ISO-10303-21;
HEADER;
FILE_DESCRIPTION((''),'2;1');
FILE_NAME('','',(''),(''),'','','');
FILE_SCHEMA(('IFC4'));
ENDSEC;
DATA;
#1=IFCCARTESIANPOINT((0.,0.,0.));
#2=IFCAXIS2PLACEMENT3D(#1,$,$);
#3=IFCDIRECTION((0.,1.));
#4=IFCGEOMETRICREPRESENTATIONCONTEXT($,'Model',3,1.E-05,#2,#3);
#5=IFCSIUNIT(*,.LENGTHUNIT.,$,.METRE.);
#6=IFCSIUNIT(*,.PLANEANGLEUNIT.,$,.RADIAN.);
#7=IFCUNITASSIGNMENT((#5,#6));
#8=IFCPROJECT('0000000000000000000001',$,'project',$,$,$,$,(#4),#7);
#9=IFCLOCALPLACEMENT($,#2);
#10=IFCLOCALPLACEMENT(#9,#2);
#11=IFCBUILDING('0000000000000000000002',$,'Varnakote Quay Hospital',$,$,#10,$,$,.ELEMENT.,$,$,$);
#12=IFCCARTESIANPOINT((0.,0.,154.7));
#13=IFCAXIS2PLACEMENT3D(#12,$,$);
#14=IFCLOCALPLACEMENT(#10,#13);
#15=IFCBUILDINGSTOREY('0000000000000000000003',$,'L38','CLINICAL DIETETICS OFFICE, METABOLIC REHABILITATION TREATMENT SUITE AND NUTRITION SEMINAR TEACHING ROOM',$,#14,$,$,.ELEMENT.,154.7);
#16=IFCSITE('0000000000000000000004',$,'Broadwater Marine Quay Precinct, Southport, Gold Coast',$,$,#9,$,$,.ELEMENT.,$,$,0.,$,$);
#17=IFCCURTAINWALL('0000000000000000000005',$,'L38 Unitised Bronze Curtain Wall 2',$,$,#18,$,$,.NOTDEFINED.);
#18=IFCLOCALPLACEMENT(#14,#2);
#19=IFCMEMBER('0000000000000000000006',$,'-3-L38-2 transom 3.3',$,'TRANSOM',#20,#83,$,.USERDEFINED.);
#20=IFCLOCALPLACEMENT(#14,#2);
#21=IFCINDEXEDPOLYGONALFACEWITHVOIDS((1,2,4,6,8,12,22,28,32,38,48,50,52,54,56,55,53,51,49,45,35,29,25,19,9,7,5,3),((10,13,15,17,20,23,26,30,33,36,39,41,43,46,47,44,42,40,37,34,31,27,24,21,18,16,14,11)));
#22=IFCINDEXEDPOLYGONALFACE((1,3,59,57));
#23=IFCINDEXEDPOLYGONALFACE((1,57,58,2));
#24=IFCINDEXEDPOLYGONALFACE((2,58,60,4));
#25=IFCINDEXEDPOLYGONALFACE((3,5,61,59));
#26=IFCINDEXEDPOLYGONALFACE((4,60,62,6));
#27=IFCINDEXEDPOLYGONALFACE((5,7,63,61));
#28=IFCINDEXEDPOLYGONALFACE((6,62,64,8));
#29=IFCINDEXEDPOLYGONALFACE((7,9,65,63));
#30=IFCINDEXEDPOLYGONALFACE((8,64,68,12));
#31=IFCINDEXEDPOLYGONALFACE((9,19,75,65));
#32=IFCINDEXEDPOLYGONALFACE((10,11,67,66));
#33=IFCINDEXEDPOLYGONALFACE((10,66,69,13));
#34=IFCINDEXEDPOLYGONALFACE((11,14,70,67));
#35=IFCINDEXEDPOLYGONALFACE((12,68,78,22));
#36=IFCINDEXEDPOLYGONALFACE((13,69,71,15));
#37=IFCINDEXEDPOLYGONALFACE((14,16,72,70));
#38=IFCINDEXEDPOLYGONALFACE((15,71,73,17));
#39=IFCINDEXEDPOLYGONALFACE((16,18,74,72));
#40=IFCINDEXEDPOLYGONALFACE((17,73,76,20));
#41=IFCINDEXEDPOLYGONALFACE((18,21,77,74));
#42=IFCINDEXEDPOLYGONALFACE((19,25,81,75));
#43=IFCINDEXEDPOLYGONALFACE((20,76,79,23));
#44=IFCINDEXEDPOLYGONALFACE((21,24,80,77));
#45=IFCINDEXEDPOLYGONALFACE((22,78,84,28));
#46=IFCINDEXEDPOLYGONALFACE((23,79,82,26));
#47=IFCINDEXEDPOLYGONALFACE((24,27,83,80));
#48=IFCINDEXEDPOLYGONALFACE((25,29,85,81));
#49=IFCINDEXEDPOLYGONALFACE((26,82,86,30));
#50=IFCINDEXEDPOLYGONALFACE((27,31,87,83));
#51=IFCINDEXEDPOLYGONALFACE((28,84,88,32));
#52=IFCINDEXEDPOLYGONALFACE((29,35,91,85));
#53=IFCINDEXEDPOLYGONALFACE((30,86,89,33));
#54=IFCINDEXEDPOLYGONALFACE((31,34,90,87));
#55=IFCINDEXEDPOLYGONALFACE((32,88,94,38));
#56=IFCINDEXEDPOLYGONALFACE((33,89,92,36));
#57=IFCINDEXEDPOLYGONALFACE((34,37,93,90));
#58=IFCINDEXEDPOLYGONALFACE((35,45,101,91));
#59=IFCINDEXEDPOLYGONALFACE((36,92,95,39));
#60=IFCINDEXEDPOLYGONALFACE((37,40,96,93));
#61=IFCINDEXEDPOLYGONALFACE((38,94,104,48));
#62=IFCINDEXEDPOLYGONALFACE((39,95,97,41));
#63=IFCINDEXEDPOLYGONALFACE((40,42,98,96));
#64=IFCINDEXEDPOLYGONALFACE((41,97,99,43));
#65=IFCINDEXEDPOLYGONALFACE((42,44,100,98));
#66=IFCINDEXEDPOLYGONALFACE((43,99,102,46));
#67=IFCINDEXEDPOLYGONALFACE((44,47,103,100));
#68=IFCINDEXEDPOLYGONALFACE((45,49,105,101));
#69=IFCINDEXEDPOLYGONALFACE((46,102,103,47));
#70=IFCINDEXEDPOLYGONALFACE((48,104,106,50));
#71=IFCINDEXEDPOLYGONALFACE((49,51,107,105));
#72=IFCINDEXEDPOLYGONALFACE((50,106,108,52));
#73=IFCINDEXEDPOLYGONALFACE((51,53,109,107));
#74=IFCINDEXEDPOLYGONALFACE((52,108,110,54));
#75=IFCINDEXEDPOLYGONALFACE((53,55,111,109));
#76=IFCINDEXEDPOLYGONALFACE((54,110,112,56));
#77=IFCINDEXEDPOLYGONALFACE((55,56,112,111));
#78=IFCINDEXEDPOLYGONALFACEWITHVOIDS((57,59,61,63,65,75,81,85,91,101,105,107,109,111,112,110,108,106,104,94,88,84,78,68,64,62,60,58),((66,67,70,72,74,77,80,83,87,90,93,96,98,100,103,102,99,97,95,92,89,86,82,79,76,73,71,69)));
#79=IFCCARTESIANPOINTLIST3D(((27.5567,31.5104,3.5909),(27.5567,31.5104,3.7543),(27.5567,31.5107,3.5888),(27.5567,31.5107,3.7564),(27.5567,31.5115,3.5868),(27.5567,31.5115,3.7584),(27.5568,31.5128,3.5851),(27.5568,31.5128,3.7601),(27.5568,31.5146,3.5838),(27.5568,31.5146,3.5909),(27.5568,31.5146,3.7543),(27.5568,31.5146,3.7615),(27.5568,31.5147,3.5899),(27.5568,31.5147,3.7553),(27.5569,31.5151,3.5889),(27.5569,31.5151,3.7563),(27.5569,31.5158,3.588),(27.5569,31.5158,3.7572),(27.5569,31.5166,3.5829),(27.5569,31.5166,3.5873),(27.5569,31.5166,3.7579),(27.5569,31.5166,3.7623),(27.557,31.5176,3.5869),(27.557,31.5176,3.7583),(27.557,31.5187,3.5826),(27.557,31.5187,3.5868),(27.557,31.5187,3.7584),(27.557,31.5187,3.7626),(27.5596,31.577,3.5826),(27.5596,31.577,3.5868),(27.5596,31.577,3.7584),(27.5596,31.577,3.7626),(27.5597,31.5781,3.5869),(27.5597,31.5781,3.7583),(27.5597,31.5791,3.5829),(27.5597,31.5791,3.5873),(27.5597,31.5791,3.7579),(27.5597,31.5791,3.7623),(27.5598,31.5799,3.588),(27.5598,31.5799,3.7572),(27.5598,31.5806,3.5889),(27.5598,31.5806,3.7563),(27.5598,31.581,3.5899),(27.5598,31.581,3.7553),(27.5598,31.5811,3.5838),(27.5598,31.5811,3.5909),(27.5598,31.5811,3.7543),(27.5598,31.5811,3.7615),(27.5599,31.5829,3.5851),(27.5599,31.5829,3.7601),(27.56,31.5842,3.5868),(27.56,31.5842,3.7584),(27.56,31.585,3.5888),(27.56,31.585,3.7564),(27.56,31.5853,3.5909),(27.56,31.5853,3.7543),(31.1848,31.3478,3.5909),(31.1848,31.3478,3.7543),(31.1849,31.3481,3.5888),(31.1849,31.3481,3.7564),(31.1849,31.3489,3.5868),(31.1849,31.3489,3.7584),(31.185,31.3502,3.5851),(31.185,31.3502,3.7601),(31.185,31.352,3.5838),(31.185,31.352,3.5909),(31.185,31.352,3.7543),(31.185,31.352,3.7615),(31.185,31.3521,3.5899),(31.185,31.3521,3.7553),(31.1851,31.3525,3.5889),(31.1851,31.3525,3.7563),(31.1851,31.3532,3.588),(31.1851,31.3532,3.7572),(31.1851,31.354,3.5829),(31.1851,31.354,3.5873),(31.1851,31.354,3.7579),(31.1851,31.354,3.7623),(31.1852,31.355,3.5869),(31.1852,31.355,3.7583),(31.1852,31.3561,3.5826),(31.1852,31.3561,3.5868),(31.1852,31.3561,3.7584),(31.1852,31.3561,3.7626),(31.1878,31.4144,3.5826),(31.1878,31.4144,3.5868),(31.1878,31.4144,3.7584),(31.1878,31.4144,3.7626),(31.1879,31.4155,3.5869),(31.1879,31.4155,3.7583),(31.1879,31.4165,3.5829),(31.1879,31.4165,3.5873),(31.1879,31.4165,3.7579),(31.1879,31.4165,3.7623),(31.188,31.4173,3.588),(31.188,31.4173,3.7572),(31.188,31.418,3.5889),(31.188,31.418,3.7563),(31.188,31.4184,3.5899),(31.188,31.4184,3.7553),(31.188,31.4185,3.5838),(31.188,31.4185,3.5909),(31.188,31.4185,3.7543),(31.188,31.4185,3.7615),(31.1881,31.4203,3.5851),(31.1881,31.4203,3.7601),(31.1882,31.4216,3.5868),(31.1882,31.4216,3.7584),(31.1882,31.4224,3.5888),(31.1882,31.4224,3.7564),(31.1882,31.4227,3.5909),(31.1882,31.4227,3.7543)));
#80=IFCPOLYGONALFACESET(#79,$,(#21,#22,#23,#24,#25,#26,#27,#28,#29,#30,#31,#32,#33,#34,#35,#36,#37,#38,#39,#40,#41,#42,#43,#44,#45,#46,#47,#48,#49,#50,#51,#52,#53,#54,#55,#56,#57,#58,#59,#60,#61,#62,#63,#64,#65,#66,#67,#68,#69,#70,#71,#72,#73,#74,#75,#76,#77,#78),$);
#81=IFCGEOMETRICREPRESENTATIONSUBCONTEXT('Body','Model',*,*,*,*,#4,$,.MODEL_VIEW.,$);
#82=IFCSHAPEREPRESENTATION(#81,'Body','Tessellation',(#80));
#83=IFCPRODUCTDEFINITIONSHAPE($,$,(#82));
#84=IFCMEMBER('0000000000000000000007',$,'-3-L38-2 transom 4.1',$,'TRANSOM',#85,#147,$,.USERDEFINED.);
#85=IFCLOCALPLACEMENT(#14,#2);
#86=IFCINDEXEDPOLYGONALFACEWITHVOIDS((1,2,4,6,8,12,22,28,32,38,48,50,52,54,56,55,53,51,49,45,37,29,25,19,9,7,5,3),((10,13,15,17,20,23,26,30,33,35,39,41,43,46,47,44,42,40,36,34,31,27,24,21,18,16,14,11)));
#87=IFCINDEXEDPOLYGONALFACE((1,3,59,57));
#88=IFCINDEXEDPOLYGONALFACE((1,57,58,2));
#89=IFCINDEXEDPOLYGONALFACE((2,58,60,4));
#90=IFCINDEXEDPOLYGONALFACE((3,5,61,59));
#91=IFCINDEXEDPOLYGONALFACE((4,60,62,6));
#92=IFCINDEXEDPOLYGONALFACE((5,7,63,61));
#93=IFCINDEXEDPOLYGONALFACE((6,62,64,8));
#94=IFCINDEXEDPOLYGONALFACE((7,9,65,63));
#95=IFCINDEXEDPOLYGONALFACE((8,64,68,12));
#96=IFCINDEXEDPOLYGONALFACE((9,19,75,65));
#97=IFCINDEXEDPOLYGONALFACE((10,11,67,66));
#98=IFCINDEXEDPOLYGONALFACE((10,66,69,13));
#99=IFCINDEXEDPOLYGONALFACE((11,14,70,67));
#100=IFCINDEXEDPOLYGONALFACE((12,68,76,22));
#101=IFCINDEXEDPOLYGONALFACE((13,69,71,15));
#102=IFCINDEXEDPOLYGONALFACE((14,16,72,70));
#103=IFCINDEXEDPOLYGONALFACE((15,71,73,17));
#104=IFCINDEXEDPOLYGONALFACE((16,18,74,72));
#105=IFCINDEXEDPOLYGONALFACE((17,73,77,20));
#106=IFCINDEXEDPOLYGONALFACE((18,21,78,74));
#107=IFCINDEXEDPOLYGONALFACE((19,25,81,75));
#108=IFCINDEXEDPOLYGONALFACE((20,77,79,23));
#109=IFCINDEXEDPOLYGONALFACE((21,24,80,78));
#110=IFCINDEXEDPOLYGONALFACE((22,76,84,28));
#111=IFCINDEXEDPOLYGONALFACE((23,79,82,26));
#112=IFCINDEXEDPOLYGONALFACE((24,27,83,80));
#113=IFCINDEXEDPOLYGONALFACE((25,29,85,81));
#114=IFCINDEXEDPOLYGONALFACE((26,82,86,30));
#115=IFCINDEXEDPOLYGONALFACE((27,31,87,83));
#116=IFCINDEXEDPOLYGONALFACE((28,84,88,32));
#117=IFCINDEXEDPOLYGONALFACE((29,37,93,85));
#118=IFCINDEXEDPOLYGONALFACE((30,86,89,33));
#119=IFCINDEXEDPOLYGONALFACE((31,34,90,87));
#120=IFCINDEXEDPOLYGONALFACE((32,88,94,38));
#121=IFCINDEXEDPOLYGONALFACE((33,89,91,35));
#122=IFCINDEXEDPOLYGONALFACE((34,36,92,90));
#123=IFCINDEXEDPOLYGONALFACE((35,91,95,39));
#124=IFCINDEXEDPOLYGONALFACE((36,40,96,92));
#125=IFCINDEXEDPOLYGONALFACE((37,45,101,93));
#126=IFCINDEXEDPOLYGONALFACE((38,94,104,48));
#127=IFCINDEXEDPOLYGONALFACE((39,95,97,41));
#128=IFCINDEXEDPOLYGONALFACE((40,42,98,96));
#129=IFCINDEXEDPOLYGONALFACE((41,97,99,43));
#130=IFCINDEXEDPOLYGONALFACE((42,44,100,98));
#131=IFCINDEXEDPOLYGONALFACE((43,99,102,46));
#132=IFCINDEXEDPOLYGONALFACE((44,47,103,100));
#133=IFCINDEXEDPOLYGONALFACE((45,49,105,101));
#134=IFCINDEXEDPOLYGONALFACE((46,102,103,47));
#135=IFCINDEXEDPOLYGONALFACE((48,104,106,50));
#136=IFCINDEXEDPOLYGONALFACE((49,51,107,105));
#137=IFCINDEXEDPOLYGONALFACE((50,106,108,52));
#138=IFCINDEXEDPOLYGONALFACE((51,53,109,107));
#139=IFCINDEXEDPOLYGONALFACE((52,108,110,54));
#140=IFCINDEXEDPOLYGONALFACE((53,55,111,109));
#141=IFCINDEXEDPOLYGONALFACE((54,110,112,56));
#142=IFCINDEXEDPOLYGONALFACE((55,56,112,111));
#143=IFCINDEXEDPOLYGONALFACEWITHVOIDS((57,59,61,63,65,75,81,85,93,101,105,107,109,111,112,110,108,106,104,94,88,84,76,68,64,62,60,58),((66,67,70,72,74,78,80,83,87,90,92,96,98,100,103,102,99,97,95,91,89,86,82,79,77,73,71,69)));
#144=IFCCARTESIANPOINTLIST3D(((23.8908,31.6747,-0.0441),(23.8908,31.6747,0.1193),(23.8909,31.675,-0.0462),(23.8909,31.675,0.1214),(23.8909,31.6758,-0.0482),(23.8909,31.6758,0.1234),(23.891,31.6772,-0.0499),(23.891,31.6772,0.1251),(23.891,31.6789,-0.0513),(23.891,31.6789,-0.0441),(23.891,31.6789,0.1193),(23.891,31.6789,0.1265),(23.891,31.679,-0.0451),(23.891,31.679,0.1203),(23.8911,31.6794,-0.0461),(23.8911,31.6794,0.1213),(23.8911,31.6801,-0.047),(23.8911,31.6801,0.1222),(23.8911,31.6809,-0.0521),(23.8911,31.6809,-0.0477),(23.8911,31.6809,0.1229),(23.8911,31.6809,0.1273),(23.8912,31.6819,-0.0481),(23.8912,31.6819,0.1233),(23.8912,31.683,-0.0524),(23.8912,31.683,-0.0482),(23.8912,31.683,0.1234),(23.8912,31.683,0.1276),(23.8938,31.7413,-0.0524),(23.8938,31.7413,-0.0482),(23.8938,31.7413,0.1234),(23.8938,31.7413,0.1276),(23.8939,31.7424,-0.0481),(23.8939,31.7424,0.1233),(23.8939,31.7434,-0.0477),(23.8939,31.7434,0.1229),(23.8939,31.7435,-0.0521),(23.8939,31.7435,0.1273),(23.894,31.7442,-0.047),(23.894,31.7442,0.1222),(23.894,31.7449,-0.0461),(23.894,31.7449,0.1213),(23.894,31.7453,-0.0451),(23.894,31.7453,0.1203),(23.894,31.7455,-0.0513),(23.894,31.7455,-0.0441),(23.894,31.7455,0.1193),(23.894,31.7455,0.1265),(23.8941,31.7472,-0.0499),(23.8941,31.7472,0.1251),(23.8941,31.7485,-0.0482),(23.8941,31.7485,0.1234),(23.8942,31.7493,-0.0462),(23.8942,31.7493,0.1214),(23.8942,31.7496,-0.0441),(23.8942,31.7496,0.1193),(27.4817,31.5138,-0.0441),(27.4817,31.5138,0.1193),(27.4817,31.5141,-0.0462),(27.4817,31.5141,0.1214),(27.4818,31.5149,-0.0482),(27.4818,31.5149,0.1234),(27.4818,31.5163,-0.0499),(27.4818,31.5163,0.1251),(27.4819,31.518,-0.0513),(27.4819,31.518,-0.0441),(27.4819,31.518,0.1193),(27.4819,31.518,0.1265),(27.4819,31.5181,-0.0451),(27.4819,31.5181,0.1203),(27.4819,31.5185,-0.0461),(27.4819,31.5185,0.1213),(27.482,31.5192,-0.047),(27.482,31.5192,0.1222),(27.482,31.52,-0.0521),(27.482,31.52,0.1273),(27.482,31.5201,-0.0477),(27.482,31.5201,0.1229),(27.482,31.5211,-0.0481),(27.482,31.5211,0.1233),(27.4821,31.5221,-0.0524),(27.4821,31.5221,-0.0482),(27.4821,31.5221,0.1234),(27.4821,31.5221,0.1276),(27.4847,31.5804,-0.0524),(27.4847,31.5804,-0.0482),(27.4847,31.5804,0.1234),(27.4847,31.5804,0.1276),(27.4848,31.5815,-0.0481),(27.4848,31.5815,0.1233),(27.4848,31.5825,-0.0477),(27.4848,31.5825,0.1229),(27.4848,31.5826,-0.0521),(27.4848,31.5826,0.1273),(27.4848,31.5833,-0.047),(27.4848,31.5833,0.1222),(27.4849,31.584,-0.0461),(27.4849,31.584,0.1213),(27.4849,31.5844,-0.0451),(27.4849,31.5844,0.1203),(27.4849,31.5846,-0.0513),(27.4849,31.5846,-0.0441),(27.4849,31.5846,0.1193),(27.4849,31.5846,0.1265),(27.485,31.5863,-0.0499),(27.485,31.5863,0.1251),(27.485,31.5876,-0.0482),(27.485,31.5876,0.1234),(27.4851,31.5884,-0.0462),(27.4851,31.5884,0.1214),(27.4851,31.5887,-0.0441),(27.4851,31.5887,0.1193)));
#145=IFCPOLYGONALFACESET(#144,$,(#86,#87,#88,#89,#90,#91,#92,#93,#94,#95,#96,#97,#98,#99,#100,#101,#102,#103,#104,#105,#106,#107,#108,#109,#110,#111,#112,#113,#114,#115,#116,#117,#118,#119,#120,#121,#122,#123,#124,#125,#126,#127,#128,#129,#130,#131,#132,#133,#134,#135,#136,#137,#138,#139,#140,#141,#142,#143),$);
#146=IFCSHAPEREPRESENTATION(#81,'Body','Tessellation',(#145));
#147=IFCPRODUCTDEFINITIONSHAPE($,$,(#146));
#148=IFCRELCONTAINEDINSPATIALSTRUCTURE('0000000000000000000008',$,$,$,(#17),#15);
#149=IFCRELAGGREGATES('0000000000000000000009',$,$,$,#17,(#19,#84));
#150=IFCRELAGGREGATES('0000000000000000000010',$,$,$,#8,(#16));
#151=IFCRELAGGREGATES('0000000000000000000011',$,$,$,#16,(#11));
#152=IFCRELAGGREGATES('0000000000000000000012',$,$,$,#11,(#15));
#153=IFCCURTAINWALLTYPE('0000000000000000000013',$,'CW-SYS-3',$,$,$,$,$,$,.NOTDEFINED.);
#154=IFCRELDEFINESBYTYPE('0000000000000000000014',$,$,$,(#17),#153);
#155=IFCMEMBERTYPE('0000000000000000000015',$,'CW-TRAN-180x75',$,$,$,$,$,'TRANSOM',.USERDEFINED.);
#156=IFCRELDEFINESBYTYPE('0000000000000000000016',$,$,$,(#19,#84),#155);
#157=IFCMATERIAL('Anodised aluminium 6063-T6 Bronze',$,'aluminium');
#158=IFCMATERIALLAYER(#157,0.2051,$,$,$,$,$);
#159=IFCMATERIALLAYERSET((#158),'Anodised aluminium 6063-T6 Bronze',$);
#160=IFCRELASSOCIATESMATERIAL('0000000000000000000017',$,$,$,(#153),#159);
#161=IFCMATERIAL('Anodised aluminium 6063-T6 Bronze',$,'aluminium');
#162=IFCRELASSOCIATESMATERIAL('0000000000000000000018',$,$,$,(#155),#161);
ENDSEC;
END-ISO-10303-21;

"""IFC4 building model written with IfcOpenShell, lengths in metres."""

from ifc_helpers import new_model, si_unit, direction, frame, origin, origin_2d, place, context, subcontext, project, spatial, hollow_rectangle, extrude, material, layer, layer_set, material_profile, profile_set, type_object, element, aggregate, save


model = new_model("IFC4")

# Units and contexts
model_context = context("Model", 3, precision=1e-05, world=origin(), true_north=direction((0.0, 1.0)))
body_context = subcontext(model_context, "Body", "Model", "MODEL_VIEW")
ifc_project = project(units=[si_unit("LENGTHUNIT", "METRE"), si_unit("PLANEANGLEUNIT", "RADIAN")], contexts=[model_context])

# Site, building, storey
site_placement = place(None, origin())
site = spatial("IfcSite", under=ifc_project, at=site_placement, Name="Broadwater Marine Quay Precinct, Southport, Gold Coast", CompositionType="ELEMENT", RefElevation=0.0)
building_placement = place(site_placement, origin())
building = spatial("IfcBuilding", under=site, at=building_placement, Name="Varnakote Quay Hospital", CompositionType="ELEMENT")
storey_placement = place(building_placement, frame((0.0, 0.0, 154.7)))
storey = spatial("IfcBuildingStorey", under=building, at=storey_placement, Name="L38", Description="CLINICAL DIETETICS OFFICE, METABOLIC REHABILITATION TREATMENT SUITE AND NUTRITION SEMINAR TEACHING ROOM", CompositionType="ELEMENT", Elevation=154.7)

# Curtain wall, members
ifc_material_1 = material(Name="Anodised aluminium 6063-T6 Bronze", Category="aluminium")
ifc_layer_1 = layer(ifc_material_1, 0.2051)
ifc_layer_set_1 = layer_set([ifc_layer_1], Name="Anodised aluminium 6063-T6 Bronze")
curtain_wall_type = type_object("IfcCurtainWallType", Name="CW-SYS-3", PredefinedType="NOTDEFINED", material=ifc_layer_set_1)
curtain_wall_placement = place(storey_placement, origin())
curtain_wall = element("IfcCurtainWall", 1, at=curtain_wall_placement, inside=storey, type_object=curtain_wall_type, Name="L38 Unitised Bronze Curtain Wall 2", PredefinedType="NOTDEFINED")
ifc_material_2 = material(Name="Anodised aluminium 6063-T6 Bronze", Category="aluminium")
ifc_material_profile_1 = material_profile(ifc_material_2, hollow_rectangle(XDim=0.075, YDim=0.1799, WallThickness=0.0042, InnerFilletRadius=0.0042, OuterFilletRadius=0.0083, at=origin_2d()), Name="CW-TRAN-180x75")
ifc_profile_set_1 = profile_set([ifc_material_profile_1], Name="Anodised aluminium 6063-T6 Bronze")
member_type_1 = type_object("IfcMemberType", Name="CW-TRAN-180x75", ElementType="TRANSOM", PredefinedType="USERDEFINED", material=ifc_profile_set_1)
member_1_placement = place(storey_placement, frame((31.1865, 31.3853, 3.6726), z_axis=(-0.998997, 0.04477, 0.0), x_axis=(-0.04477, -0.998997, 0.0)))
member_1 = element("IfcMember", 2, at=member_1_placement, type_object=member_type_1, Name="-3-L38-2 transom 3.3", ObjectType="TRANSOM", PredefinedType="USERDEFINED", context=body_context, shape_type="SweptSolid", body=[
    extrude(hollow_rectangle(XDim=0.075, YDim=0.1799, WallThickness=0.0042, InnerFilletRadius=0.0042, OuterFilletRadius=0.0083, at=origin_2d()), origin(), (0.0, 0.0, 1.0), 3.6318),
])
member_2_placement = place(storey_placement, frame((27.4834, 31.5513, 0.0376), z_axis=(-0.998998, 0.044761, 0.0), x_axis=(-0.044761, -0.998998, 0.0)))
member_2 = element("IfcMember", 3, at=member_2_placement, type_object=member_type_1, Name="-3-L38-2 transom 4.1", ObjectType="TRANSOM", PredefinedType="USERDEFINED", context=body_context, shape_type="SweptSolid", body=[
    extrude(hollow_rectangle(XDim=0.075, YDim=0.1799, WallThickness=0.0042, InnerFilletRadius=0.0042, OuterFilletRadius=0.0083, at=origin_2d()), origin(), (0.0, 0.0, 1.0), 3.5945),
])

aggregate(curtain_wall, [member_1, member_2])

save(model, "model.ifc")
